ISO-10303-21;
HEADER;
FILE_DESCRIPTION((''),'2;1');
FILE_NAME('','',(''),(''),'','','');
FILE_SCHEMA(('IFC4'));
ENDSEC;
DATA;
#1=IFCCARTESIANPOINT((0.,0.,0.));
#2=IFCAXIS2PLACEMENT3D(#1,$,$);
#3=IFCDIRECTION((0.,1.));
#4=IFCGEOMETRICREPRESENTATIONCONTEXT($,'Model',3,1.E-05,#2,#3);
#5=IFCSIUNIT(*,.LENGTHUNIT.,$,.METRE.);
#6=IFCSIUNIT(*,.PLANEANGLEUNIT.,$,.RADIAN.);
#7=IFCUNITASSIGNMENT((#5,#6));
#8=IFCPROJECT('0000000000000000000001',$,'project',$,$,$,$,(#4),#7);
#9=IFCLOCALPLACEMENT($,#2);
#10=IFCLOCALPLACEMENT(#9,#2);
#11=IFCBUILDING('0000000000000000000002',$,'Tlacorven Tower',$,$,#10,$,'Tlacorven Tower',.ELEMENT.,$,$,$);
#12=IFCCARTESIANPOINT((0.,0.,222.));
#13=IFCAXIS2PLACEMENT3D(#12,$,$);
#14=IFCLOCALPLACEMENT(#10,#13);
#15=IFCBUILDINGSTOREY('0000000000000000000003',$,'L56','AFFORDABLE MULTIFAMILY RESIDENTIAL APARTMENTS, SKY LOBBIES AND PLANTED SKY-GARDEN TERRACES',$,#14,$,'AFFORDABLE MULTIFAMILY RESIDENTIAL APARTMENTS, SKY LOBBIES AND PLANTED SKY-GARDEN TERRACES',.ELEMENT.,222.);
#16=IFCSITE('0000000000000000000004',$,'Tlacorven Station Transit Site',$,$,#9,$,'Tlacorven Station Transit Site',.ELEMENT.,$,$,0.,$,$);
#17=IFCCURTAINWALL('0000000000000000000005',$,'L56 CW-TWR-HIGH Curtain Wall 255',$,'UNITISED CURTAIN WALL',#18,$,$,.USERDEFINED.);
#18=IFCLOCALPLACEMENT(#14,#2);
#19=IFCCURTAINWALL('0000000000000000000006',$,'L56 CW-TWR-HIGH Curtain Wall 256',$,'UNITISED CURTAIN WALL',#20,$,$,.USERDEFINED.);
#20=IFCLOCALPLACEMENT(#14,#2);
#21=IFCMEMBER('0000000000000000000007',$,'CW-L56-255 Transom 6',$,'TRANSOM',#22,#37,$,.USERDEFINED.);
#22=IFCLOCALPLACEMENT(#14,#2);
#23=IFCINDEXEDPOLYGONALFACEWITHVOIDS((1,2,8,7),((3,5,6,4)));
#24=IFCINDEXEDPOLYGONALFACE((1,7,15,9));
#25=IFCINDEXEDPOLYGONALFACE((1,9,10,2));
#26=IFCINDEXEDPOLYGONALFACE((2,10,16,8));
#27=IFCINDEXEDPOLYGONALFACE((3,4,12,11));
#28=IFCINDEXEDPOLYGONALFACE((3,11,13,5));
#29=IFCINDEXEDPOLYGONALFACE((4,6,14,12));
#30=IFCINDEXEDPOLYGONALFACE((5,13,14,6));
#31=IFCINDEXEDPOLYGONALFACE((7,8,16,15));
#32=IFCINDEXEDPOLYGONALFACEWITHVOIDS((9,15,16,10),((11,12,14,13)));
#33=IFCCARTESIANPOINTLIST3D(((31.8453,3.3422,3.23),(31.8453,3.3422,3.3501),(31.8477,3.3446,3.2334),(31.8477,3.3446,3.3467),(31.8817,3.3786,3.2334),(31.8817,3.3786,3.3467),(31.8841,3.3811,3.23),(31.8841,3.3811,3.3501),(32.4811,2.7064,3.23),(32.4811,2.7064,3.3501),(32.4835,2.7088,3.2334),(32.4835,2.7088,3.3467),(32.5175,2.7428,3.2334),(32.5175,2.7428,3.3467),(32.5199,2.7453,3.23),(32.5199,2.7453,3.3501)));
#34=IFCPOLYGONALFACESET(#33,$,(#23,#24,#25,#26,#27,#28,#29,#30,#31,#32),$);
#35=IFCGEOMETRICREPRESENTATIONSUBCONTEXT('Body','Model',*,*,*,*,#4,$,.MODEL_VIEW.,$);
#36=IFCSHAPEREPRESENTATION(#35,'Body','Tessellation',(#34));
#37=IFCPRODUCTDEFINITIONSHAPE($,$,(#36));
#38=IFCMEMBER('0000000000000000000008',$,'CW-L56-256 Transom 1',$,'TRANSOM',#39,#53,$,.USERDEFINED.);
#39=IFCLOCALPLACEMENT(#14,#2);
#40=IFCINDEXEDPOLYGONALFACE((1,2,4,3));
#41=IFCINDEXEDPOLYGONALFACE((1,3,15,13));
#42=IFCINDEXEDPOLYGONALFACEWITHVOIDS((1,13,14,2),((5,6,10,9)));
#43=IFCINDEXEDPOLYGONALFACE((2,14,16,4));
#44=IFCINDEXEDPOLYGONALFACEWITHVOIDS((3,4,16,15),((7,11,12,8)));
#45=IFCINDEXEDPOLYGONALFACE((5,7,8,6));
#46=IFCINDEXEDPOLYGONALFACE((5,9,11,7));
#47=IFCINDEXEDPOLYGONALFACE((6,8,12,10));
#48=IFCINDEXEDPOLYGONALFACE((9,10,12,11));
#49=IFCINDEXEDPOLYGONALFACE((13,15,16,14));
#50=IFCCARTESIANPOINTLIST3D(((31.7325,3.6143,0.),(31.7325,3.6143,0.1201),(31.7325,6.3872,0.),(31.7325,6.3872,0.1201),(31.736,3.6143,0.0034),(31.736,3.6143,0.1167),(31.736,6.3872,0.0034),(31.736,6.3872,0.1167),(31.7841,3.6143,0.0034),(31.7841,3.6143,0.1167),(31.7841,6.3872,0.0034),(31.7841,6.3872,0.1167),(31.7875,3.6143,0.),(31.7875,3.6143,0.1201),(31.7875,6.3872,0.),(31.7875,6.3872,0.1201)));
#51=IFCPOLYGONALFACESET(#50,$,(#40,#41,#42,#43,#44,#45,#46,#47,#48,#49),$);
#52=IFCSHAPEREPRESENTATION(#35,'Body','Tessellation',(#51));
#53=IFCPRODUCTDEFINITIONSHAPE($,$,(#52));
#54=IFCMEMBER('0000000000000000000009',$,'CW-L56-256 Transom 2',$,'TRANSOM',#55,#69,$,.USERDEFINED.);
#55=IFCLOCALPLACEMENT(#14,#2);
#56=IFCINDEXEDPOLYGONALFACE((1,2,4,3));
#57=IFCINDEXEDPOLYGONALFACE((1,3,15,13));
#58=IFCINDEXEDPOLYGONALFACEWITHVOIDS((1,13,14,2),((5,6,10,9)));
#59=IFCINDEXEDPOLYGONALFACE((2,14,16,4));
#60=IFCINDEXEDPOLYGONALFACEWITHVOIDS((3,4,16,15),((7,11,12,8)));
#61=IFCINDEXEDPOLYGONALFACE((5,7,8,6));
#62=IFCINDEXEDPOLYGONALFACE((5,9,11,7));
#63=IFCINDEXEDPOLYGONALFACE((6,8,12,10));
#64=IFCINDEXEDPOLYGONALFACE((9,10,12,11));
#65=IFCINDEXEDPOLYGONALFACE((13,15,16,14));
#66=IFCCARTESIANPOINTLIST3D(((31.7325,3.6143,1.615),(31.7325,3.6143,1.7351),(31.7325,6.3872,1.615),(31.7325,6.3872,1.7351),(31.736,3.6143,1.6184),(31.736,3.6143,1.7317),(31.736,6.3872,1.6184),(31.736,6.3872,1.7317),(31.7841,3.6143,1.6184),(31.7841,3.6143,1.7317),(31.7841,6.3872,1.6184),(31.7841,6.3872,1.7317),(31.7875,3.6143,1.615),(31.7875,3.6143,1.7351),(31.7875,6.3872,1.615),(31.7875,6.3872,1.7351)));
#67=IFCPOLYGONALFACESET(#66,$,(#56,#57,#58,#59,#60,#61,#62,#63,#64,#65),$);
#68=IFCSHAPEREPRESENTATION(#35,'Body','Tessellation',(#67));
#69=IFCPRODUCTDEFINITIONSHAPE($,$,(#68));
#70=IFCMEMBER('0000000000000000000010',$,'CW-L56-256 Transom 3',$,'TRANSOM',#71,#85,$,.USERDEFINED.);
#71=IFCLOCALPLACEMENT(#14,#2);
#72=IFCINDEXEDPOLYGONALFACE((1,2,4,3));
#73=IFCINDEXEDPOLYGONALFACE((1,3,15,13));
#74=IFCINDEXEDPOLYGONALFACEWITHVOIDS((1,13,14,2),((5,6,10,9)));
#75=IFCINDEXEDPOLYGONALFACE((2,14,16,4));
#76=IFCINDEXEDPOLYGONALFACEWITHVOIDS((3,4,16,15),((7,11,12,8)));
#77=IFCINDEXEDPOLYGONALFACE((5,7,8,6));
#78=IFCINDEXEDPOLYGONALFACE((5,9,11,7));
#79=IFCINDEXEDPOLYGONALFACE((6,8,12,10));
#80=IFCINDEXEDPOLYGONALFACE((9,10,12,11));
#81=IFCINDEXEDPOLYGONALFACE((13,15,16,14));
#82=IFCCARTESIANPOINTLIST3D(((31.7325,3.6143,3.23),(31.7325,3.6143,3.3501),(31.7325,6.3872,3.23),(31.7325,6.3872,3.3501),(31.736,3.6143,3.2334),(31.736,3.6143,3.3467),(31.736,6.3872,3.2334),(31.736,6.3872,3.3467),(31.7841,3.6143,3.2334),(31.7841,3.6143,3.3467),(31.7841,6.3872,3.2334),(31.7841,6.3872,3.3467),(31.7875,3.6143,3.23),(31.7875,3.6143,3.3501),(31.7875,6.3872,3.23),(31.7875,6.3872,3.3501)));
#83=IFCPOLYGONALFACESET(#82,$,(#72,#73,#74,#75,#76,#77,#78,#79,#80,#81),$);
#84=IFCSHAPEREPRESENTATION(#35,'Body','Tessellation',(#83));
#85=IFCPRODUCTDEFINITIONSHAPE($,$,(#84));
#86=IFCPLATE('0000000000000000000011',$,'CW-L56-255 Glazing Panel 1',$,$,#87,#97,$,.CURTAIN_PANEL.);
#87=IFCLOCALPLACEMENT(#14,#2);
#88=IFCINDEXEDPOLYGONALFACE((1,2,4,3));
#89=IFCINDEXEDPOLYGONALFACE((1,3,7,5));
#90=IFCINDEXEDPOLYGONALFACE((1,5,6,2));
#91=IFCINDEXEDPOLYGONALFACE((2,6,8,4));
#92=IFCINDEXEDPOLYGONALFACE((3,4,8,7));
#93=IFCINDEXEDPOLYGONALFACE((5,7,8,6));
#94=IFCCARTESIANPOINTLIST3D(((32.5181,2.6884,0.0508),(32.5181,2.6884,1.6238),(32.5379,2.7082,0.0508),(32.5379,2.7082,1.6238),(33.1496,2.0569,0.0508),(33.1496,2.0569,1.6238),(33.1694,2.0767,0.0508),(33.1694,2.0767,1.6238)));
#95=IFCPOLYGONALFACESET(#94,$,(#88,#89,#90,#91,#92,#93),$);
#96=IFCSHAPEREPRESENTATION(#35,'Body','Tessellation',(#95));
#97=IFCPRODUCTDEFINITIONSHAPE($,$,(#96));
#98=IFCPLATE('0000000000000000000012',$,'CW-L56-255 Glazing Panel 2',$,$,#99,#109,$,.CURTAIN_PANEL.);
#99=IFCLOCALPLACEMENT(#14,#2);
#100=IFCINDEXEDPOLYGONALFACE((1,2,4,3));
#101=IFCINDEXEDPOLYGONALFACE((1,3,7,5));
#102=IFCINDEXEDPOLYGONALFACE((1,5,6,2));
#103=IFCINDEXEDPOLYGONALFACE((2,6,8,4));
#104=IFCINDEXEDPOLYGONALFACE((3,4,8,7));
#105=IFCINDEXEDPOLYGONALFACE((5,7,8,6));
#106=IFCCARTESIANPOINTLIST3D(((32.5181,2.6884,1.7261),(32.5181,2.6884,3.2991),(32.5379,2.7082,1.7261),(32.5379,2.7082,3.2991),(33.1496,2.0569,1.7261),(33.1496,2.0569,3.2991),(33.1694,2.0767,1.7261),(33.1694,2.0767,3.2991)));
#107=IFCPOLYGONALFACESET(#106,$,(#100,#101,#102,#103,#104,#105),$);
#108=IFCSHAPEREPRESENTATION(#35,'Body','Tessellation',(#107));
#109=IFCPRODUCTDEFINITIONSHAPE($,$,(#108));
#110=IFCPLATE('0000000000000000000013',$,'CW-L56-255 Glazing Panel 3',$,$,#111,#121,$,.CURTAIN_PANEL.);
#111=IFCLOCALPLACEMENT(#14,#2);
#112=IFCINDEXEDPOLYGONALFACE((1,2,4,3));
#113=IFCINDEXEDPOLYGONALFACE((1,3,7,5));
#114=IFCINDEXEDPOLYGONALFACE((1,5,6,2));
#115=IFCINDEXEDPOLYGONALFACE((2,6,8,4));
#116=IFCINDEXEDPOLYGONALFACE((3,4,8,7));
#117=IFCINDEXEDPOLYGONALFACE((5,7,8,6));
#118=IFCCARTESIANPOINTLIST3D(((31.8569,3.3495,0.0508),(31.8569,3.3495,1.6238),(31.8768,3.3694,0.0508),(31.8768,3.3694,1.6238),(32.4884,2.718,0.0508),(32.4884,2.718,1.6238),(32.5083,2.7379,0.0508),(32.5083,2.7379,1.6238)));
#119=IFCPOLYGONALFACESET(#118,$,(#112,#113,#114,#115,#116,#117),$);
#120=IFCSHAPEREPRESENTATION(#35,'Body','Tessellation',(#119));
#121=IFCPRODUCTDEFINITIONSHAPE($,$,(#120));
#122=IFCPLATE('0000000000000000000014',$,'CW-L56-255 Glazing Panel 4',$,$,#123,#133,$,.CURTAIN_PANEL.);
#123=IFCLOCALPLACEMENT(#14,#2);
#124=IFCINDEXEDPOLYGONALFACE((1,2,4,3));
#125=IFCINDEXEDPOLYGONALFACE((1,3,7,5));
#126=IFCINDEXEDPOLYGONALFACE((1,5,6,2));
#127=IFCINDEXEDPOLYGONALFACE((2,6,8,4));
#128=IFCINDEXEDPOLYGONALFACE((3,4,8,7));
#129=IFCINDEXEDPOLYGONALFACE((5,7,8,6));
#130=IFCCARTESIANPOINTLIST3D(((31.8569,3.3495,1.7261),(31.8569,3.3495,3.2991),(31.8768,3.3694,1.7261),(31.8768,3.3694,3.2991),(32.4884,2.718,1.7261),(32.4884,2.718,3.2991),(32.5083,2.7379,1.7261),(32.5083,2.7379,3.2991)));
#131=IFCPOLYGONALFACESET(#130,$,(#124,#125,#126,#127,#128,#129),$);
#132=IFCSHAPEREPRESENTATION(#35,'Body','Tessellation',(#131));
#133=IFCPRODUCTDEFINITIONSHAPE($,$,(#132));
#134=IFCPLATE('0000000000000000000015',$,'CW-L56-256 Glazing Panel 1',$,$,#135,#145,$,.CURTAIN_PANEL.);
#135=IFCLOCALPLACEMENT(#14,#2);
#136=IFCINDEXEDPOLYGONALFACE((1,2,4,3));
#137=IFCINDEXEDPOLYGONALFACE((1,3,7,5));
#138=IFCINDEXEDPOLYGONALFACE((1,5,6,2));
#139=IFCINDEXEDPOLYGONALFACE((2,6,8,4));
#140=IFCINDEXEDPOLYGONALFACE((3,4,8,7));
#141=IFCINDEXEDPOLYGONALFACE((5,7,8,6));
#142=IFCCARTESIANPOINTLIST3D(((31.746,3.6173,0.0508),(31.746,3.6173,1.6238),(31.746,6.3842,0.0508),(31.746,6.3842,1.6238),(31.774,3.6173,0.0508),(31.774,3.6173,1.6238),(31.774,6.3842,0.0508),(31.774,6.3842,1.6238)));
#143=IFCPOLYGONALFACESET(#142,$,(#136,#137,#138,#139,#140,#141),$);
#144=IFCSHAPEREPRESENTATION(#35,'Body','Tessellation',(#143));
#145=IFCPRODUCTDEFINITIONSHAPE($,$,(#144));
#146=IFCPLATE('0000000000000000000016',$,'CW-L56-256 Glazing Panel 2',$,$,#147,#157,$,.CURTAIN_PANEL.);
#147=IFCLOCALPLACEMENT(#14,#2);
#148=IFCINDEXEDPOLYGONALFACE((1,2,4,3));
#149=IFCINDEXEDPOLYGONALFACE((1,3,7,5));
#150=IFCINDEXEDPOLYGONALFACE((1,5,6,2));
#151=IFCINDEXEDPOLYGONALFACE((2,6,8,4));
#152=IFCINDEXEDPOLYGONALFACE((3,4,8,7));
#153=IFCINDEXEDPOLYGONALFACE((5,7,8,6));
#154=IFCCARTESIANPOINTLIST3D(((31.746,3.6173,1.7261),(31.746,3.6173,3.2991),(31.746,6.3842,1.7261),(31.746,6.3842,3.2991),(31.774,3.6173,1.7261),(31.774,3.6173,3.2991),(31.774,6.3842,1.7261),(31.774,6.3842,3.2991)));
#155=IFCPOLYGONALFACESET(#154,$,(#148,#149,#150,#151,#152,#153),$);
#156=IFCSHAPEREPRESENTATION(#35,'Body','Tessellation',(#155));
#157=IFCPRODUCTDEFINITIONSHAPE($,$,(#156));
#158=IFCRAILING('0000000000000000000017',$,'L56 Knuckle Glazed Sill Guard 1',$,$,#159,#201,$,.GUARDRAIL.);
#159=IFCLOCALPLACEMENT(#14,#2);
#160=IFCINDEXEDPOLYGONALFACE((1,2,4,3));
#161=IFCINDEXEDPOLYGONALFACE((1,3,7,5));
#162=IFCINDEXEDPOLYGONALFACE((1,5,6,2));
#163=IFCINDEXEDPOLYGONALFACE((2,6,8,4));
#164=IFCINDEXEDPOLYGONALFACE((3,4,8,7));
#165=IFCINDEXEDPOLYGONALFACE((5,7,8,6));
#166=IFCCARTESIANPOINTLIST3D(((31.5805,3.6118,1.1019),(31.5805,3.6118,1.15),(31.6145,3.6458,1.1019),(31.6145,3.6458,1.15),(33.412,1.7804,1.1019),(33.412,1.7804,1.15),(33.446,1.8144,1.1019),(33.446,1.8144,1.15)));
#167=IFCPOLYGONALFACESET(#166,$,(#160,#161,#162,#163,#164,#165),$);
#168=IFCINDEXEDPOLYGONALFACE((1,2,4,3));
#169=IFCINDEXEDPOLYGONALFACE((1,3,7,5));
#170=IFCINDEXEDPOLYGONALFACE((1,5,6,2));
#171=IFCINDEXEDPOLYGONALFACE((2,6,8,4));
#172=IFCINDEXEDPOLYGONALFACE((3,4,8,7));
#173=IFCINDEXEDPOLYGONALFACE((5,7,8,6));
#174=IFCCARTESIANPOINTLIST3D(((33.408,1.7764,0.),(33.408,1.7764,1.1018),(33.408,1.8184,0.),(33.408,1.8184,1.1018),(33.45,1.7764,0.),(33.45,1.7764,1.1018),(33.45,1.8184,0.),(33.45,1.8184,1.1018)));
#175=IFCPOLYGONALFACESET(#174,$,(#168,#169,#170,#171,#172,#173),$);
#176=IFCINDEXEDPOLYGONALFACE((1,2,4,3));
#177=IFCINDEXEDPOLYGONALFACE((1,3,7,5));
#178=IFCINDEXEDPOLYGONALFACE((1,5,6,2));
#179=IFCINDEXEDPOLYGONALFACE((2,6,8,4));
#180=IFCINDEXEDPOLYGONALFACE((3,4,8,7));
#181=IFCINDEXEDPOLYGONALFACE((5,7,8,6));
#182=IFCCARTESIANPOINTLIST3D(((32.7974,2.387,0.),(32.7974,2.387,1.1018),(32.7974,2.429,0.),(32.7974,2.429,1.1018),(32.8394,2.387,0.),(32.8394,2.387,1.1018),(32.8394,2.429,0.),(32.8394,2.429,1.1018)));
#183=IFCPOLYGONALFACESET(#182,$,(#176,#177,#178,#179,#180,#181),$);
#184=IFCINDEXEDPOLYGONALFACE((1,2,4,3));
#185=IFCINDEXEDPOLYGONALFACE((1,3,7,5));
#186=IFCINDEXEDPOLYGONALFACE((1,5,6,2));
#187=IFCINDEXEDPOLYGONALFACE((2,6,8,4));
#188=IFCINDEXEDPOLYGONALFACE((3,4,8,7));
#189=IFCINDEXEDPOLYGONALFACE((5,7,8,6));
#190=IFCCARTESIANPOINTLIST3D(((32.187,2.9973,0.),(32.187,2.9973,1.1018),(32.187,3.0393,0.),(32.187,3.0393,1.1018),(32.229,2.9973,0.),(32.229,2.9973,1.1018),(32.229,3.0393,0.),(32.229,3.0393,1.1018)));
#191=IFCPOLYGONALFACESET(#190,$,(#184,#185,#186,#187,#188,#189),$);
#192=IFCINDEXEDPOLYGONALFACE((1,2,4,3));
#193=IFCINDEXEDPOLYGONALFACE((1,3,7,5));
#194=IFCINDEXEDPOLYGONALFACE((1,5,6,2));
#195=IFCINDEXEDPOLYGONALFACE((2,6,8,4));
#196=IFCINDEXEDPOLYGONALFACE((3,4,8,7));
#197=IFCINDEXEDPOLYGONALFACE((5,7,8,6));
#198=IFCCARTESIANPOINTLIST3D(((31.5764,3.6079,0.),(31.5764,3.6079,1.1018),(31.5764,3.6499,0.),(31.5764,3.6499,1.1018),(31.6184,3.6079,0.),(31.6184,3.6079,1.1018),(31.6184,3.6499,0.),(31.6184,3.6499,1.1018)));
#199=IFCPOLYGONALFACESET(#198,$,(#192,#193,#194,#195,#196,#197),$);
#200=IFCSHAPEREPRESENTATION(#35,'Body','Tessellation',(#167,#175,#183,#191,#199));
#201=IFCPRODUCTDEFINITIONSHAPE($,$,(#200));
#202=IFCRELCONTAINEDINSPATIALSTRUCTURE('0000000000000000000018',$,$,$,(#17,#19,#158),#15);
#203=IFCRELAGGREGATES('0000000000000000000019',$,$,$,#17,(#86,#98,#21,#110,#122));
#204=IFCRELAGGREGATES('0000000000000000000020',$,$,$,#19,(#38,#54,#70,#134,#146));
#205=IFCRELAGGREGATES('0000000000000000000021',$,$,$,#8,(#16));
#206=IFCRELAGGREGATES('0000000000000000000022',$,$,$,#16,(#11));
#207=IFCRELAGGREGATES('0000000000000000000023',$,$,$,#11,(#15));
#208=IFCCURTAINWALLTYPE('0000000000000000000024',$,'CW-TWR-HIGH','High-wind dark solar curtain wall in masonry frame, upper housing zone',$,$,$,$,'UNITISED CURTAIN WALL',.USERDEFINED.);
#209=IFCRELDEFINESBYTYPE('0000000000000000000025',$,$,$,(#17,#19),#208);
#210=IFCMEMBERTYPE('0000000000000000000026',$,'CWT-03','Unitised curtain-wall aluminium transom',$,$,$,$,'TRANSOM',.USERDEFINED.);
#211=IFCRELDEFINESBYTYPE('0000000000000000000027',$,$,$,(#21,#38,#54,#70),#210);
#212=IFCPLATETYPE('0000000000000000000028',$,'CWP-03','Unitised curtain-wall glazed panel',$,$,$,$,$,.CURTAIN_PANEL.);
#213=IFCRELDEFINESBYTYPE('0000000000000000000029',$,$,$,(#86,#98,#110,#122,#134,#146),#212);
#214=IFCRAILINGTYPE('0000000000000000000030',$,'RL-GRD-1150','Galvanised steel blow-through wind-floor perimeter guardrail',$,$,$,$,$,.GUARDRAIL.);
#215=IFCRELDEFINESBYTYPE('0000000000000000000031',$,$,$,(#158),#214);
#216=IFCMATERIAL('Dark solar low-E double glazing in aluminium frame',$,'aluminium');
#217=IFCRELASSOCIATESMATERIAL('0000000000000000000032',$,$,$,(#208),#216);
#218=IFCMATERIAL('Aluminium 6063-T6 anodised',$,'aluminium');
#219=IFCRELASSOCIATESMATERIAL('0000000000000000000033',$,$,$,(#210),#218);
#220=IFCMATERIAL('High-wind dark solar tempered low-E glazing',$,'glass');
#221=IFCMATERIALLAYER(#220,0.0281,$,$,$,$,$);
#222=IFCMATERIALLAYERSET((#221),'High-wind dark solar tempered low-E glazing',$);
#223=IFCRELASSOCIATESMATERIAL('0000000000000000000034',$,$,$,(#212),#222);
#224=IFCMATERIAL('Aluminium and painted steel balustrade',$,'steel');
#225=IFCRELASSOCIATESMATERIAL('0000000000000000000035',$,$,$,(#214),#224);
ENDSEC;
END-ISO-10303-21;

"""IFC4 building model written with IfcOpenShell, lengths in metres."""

from ifc_helpers import new_model, si_unit, direction, frame, origin, origin_2d, place, context, subcontext, project, spatial, rectangle, hollow_rectangle, extrude, source, transform, mapped, material, layer, layer_set, material_profile, profile_set, type_object, element, aggregate, save


model = new_model("IFC4")

# Units and contexts
model_context = context("Model", 3, precision=1e-05, world=origin(), true_north=direction((0.0, 1.0)))
body_context = subcontext(model_context, "Body", "Model", "MODEL_VIEW")
ifc_project = project(units=[si_unit("LENGTHUNIT", "METRE"), si_unit("PLANEANGLEUNIT", "RADIAN")], contexts=[model_context])

# Site, building, storey
site_placement = place(None, origin())
site = spatial("IfcSite", under=ifc_project, at=site_placement, Name="Tlacorven Station Transit Site", LongName="Tlacorven Station Transit Site", CompositionType="ELEMENT", RefElevation=0.0)
building_placement = place(site_placement, origin())
building = spatial("IfcBuilding", under=site, at=building_placement, Name="Tlacorven Tower", LongName="Tlacorven Tower", CompositionType="ELEMENT")
storey_placement = place(building_placement, frame((0.0, 0.0, 222.0)))
storey = spatial("IfcBuildingStorey", under=building, at=storey_placement, Name="L56", Description="AFFORDABLE MULTIFAMILY RESIDENTIAL APARTMENTS, SKY LOBBIES AND PLANTED SKY-GARDEN TERRACES", LongName="AFFORDABLE MULTIFAMILY RESIDENTIAL APARTMENTS, SKY LOBBIES AND PLANTED SKY-GARDEN TERRACES", CompositionType="ELEMENT", Elevation=222.0)

# Shared definitions
ifc_material_1 = material(Name="Dark solar low-E double glazing in aluminium frame", Category="aluminium")
curtain_wall_type = type_object("IfcCurtainWallType", Name="CW-TWR-HIGH", Description="High-wind dark solar curtain wall in masonry frame, upper housing zone", ElementType="UNITISED CURTAIN WALL", PredefinedType="USERDEFINED", material=ifc_material_1)
ifc_material_2 = material(Name="Aluminium 6063-T6 anodised", Category="aluminium")

# Curtain walls
curtain_wall_1_placement = place(storey_placement, origin())
curtain_wall_1 = element("IfcCurtainWall", 1, at=curtain_wall_1_placement, inside=storey, type_object=curtain_wall_type, Name="L56 CW-TWR-HIGH Curtain Wall 255", ObjectType="UNITISED CURTAIN WALL", PredefinedType="USERDEFINED")
curtain_wall_2_placement = place(storey_placement, origin())
curtain_wall_2 = element("IfcCurtainWall", 2, at=curtain_wall_2_placement, inside=storey, type_object=curtain_wall_type, Name="L56 CW-TWR-HIGH Curtain Wall 256", ObjectType="UNITISED CURTAIN WALL", PredefinedType="USERDEFINED")

# Members
ifc_material_profile_1 = material_profile(ifc_material_2, hollow_rectangle(XDim=0.0549, YDim=0.1201, WallThickness=0.0034, at=origin_2d()), Name="ALU TRANSOM 55X120")
ifc_profile_set_1 = profile_set([ifc_material_profile_1], Name="Aluminium 6063-T6 anodised")
member_type_1 = type_object("IfcMemberType", Name="CWT-03", Description="Unitised curtain-wall aluminium transom", ElementType="TRANSOM", PredefinedType="USERDEFINED", material=ifc_profile_set_1)
shared_shape_1 = source(origin(), body_context, "Body", "SweptSolid", [
    extrude(hollow_rectangle(XDim=0.0549, YDim=0.1201, WallThickness=0.0034, at=origin_2d()), origin(), (0.0, 0.0, 1.0), 0.8992),
])
member_1_placement = place(storey_placement, frame((32.5005, 2.7258, 3.29), z_axis=(-0.707107, 0.707107, 0.0), x_axis=(-0.707107, -0.707107, 0.0)))
member_1 = element("IfcMember", 3, at=member_1_placement, type_object=member_type_1, Name="CW-L56-255 Transom 6", ObjectType="TRANSOM", PredefinedType="USERDEFINED", context=body_context, shape_type="MappedRepresentation", body=[
    mapped(shared_shape_1, transform((0.0, 0.0, 0.0), scale=1.0)),
])
shared_shape_2 = source(origin(), body_context, "Body", "SweptSolid", [
    extrude(hollow_rectangle(XDim=0.0549, YDim=0.1201, WallThickness=0.0034, at=origin_2d()), origin(), (0.0, 0.0, 1.0), 2.7729),
])
member_2_placement = place(storey_placement, frame((31.76, 3.6143, 0.0601), z_axis=(0.0, 1.0, 0.0), x_axis=(-1.0, 0.0, 0.0)))
member_2 = element("IfcMember", 4, at=member_2_placement, type_object=member_type_1, Name="CW-L56-256 Transom 1", ObjectType="TRANSOM", PredefinedType="USERDEFINED", context=body_context, shape_type="MappedRepresentation", body=[
    mapped(shared_shape_2, transform((0.0, 0.0, 0.0), scale=1.0)),
])
member_3_placement = place(storey_placement, frame((31.76, 3.6143, 1.675), z_axis=(0.0, 1.0, 0.0), x_axis=(-1.0, 0.0, 0.0)))
member_3 = element("IfcMember", 5, at=member_3_placement, type_object=member_type_1, Name="CW-L56-256 Transom 2", ObjectType="TRANSOM", PredefinedType="USERDEFINED", context=body_context, shape_type="MappedRepresentation", body=[
    mapped(shared_shape_2, transform((0.0, 0.0, 0.0), scale=1.0)),
])
member_4_placement = place(storey_placement, frame((31.76, 3.6143, 3.29), z_axis=(0.0, 1.0, 0.0), x_axis=(-1.0, 0.0, 0.0)))
member_4 = element("IfcMember", 6, at=member_4_placement, type_object=member_type_1, Name="CW-L56-256 Transom 3", ObjectType="TRANSOM", PredefinedType="USERDEFINED", context=body_context, shape_type="MappedRepresentation", body=[
    mapped(shared_shape_2, transform((0.0, 0.0, 0.0), scale=1.0)),
])

# Plates
ifc_material_3 = material(Name="High-wind dark solar tempered low-E glazing", Category="glass")
ifc_layer = layer(ifc_material_3, 0.0281)
ifc_layer_set = layer_set([ifc_layer], Name="High-wind dark solar tempered low-E glazing")
plate_type = type_object("IfcPlateType", Name="CWP-03", Description="Unitised curtain-wall glazed panel", PredefinedType="CURTAIN_PANEL", material=ifc_layer_set)
shared_shape_3 = source(origin(), body_context, "Body", "SweptSolid", [
    extrude(rectangle(XDim=0.8931, YDim=0.0281, at=origin_2d()), origin(), (0.0, 0.0, 1.0), 1.573),
])
plate_1_placement = place(storey_placement, frame((32.8438, 2.3826, 0.0508), z_axis=(0.0, 0.0, 1.0), x_axis=(-0.707107, 0.707107, 0.0)))
plate_1 = element("IfcPlate", 7, at=plate_1_placement, type_object=plate_type, Name="CW-L56-255 Glazing Panel 1", PredefinedType="CURTAIN_PANEL", context=body_context, shape_type="MappedRepresentation", body=[
    mapped(shared_shape_3, transform((0.0, 0.0, 0.0), scale=1.0)),
])
plate_2_placement = place(storey_placement, frame((32.8438, 2.3826, 1.7261), z_axis=(0.0, 0.0, 1.0), x_axis=(-0.707107, 0.707107, 0.0)))
plate_2 = element("IfcPlate", 8, at=plate_2_placement, type_object=plate_type, Name="CW-L56-255 Glazing Panel 2", PredefinedType="CURTAIN_PANEL", context=body_context, shape_type="MappedRepresentation", body=[
    mapped(shared_shape_3, transform((0.0, 0.0, 0.0), scale=1.0)),
])
plate_3_placement = place(storey_placement, frame((32.1826, 3.0437, 0.0508), z_axis=(0.0, 0.0, 1.0), x_axis=(-0.707107, 0.707107, 0.0)))
plate_3 = element("IfcPlate", 9, at=plate_3_placement, type_object=plate_type, Name="CW-L56-255 Glazing Panel 3", PredefinedType="CURTAIN_PANEL", context=body_context, shape_type="MappedRepresentation", body=[
    mapped(shared_shape_3, transform((0.0, 0.0, 0.0), scale=1.0)),
])
plate_4_placement = place(storey_placement, frame((32.1826, 3.0437, 1.7261), z_axis=(0.0, 0.0, 1.0), x_axis=(-0.707107, 0.707107, 0.0)))
plate_4 = element("IfcPlate", 10, at=plate_4_placement, type_object=plate_type, Name="CW-L56-255 Glazing Panel 4", PredefinedType="CURTAIN_PANEL", context=body_context, shape_type="MappedRepresentation", body=[
    mapped(shared_shape_3, transform((0.0, 0.0, 0.0), scale=1.0)),
])
aggregate(curtain_wall_1, [plate_1, plate_2, member_1, plate_3, plate_4])
shared_shape_4 = source(origin(), body_context, "Body", "SweptSolid", [
    extrude(rectangle(XDim=2.7668, YDim=0.0281, at=origin_2d()), origin(), (0.0, 0.0, 1.0), 1.573),
])
plate_5_placement = place(storey_placement, frame((31.76, 5.0007, 0.0508), z_axis=(0.0, 0.0, 1.0), x_axis=(0.0, 1.0, 0.0)))
plate_5 = element("IfcPlate", 11, at=plate_5_placement, type_object=plate_type, Name="CW-L56-256 Glazing Panel 1", PredefinedType="CURTAIN_PANEL", context=body_context, shape_type="MappedRepresentation", body=[
    mapped(shared_shape_4, transform((0.0, 0.0, 0.0), scale=1.0)),
])
plate_6_placement = place(storey_placement, frame((31.76, 5.0007, 1.7261), z_axis=(0.0, 0.0, 1.0), x_axis=(0.0, 1.0, 0.0)))
plate_6 = element("IfcPlate", 12, at=plate_6_placement, type_object=plate_type, Name="CW-L56-256 Glazing Panel 2", PredefinedType="CURTAIN_PANEL", context=body_context, shape_type="MappedRepresentation", body=[
    mapped(shared_shape_4, transform((0.0, 0.0, 0.0), scale=1.0)),
])
aggregate(curtain_wall_2, [member_2, member_3, member_4, plate_5, plate_6])

# Railing
ifc_material_4 = material(Name="Aluminium and painted steel balustrade", Category="steel")
railing_type = type_object("IfcRailingType", Name="RL-GRD-1150", Description="Galvanised steel blow-through wind-floor perimeter guardrail", PredefinedType="GUARDRAIL", material=ifc_material_4)
shared_shape_5 = source(origin(), body_context, "Body", "SweptSolid", [
    extrude(rectangle(XDim=0.0481, YDim=0.0481, at=origin_2d()), frame((0.0, 0.0, 1.126), z_axis=(-0.707107, 0.707107, 0.0), x_axis=(-0.707107, -0.707107, 0.0)), (0.0, 0.0, 1.0), 2.5901),
    extrude(rectangle(XDim=0.042, YDim=0.042, at=origin_2d()), origin(), (0.0, 0.0, 1.0), 1.1018),
    extrude(rectangle(XDim=0.042, YDim=0.042, at=origin_2d()), frame((-0.6106, 0.6106, 0.0)), (0.0, 0.0, 1.0), 1.1018),
    extrude(rectangle(XDim=0.042, YDim=0.042, at=origin_2d()), frame((-1.2209, 1.2209, 0.0)), (0.0, 0.0, 1.0), 1.1018),
    extrude(rectangle(XDim=0.042, YDim=0.042, at=origin_2d()), frame((-1.8315, 1.8315, 0.0)), (0.0, 0.0, 1.0), 1.1018),
])
railing_placement = place(storey_placement, frame((33.429, 1.7974, 0.0)))
element("IfcRailing", 13, at=railing_placement, inside=storey, type_object=railing_type, Name="L56 Knuckle Glazed Sill Guard 1", PredefinedType="GUARDRAIL", context=body_context, shape_type="MappedRepresentation", body=[
    mapped(shared_shape_5, transform((0.0, 0.0, 0.0), scale=1.0)),
])

save(model, "model.ifc")
